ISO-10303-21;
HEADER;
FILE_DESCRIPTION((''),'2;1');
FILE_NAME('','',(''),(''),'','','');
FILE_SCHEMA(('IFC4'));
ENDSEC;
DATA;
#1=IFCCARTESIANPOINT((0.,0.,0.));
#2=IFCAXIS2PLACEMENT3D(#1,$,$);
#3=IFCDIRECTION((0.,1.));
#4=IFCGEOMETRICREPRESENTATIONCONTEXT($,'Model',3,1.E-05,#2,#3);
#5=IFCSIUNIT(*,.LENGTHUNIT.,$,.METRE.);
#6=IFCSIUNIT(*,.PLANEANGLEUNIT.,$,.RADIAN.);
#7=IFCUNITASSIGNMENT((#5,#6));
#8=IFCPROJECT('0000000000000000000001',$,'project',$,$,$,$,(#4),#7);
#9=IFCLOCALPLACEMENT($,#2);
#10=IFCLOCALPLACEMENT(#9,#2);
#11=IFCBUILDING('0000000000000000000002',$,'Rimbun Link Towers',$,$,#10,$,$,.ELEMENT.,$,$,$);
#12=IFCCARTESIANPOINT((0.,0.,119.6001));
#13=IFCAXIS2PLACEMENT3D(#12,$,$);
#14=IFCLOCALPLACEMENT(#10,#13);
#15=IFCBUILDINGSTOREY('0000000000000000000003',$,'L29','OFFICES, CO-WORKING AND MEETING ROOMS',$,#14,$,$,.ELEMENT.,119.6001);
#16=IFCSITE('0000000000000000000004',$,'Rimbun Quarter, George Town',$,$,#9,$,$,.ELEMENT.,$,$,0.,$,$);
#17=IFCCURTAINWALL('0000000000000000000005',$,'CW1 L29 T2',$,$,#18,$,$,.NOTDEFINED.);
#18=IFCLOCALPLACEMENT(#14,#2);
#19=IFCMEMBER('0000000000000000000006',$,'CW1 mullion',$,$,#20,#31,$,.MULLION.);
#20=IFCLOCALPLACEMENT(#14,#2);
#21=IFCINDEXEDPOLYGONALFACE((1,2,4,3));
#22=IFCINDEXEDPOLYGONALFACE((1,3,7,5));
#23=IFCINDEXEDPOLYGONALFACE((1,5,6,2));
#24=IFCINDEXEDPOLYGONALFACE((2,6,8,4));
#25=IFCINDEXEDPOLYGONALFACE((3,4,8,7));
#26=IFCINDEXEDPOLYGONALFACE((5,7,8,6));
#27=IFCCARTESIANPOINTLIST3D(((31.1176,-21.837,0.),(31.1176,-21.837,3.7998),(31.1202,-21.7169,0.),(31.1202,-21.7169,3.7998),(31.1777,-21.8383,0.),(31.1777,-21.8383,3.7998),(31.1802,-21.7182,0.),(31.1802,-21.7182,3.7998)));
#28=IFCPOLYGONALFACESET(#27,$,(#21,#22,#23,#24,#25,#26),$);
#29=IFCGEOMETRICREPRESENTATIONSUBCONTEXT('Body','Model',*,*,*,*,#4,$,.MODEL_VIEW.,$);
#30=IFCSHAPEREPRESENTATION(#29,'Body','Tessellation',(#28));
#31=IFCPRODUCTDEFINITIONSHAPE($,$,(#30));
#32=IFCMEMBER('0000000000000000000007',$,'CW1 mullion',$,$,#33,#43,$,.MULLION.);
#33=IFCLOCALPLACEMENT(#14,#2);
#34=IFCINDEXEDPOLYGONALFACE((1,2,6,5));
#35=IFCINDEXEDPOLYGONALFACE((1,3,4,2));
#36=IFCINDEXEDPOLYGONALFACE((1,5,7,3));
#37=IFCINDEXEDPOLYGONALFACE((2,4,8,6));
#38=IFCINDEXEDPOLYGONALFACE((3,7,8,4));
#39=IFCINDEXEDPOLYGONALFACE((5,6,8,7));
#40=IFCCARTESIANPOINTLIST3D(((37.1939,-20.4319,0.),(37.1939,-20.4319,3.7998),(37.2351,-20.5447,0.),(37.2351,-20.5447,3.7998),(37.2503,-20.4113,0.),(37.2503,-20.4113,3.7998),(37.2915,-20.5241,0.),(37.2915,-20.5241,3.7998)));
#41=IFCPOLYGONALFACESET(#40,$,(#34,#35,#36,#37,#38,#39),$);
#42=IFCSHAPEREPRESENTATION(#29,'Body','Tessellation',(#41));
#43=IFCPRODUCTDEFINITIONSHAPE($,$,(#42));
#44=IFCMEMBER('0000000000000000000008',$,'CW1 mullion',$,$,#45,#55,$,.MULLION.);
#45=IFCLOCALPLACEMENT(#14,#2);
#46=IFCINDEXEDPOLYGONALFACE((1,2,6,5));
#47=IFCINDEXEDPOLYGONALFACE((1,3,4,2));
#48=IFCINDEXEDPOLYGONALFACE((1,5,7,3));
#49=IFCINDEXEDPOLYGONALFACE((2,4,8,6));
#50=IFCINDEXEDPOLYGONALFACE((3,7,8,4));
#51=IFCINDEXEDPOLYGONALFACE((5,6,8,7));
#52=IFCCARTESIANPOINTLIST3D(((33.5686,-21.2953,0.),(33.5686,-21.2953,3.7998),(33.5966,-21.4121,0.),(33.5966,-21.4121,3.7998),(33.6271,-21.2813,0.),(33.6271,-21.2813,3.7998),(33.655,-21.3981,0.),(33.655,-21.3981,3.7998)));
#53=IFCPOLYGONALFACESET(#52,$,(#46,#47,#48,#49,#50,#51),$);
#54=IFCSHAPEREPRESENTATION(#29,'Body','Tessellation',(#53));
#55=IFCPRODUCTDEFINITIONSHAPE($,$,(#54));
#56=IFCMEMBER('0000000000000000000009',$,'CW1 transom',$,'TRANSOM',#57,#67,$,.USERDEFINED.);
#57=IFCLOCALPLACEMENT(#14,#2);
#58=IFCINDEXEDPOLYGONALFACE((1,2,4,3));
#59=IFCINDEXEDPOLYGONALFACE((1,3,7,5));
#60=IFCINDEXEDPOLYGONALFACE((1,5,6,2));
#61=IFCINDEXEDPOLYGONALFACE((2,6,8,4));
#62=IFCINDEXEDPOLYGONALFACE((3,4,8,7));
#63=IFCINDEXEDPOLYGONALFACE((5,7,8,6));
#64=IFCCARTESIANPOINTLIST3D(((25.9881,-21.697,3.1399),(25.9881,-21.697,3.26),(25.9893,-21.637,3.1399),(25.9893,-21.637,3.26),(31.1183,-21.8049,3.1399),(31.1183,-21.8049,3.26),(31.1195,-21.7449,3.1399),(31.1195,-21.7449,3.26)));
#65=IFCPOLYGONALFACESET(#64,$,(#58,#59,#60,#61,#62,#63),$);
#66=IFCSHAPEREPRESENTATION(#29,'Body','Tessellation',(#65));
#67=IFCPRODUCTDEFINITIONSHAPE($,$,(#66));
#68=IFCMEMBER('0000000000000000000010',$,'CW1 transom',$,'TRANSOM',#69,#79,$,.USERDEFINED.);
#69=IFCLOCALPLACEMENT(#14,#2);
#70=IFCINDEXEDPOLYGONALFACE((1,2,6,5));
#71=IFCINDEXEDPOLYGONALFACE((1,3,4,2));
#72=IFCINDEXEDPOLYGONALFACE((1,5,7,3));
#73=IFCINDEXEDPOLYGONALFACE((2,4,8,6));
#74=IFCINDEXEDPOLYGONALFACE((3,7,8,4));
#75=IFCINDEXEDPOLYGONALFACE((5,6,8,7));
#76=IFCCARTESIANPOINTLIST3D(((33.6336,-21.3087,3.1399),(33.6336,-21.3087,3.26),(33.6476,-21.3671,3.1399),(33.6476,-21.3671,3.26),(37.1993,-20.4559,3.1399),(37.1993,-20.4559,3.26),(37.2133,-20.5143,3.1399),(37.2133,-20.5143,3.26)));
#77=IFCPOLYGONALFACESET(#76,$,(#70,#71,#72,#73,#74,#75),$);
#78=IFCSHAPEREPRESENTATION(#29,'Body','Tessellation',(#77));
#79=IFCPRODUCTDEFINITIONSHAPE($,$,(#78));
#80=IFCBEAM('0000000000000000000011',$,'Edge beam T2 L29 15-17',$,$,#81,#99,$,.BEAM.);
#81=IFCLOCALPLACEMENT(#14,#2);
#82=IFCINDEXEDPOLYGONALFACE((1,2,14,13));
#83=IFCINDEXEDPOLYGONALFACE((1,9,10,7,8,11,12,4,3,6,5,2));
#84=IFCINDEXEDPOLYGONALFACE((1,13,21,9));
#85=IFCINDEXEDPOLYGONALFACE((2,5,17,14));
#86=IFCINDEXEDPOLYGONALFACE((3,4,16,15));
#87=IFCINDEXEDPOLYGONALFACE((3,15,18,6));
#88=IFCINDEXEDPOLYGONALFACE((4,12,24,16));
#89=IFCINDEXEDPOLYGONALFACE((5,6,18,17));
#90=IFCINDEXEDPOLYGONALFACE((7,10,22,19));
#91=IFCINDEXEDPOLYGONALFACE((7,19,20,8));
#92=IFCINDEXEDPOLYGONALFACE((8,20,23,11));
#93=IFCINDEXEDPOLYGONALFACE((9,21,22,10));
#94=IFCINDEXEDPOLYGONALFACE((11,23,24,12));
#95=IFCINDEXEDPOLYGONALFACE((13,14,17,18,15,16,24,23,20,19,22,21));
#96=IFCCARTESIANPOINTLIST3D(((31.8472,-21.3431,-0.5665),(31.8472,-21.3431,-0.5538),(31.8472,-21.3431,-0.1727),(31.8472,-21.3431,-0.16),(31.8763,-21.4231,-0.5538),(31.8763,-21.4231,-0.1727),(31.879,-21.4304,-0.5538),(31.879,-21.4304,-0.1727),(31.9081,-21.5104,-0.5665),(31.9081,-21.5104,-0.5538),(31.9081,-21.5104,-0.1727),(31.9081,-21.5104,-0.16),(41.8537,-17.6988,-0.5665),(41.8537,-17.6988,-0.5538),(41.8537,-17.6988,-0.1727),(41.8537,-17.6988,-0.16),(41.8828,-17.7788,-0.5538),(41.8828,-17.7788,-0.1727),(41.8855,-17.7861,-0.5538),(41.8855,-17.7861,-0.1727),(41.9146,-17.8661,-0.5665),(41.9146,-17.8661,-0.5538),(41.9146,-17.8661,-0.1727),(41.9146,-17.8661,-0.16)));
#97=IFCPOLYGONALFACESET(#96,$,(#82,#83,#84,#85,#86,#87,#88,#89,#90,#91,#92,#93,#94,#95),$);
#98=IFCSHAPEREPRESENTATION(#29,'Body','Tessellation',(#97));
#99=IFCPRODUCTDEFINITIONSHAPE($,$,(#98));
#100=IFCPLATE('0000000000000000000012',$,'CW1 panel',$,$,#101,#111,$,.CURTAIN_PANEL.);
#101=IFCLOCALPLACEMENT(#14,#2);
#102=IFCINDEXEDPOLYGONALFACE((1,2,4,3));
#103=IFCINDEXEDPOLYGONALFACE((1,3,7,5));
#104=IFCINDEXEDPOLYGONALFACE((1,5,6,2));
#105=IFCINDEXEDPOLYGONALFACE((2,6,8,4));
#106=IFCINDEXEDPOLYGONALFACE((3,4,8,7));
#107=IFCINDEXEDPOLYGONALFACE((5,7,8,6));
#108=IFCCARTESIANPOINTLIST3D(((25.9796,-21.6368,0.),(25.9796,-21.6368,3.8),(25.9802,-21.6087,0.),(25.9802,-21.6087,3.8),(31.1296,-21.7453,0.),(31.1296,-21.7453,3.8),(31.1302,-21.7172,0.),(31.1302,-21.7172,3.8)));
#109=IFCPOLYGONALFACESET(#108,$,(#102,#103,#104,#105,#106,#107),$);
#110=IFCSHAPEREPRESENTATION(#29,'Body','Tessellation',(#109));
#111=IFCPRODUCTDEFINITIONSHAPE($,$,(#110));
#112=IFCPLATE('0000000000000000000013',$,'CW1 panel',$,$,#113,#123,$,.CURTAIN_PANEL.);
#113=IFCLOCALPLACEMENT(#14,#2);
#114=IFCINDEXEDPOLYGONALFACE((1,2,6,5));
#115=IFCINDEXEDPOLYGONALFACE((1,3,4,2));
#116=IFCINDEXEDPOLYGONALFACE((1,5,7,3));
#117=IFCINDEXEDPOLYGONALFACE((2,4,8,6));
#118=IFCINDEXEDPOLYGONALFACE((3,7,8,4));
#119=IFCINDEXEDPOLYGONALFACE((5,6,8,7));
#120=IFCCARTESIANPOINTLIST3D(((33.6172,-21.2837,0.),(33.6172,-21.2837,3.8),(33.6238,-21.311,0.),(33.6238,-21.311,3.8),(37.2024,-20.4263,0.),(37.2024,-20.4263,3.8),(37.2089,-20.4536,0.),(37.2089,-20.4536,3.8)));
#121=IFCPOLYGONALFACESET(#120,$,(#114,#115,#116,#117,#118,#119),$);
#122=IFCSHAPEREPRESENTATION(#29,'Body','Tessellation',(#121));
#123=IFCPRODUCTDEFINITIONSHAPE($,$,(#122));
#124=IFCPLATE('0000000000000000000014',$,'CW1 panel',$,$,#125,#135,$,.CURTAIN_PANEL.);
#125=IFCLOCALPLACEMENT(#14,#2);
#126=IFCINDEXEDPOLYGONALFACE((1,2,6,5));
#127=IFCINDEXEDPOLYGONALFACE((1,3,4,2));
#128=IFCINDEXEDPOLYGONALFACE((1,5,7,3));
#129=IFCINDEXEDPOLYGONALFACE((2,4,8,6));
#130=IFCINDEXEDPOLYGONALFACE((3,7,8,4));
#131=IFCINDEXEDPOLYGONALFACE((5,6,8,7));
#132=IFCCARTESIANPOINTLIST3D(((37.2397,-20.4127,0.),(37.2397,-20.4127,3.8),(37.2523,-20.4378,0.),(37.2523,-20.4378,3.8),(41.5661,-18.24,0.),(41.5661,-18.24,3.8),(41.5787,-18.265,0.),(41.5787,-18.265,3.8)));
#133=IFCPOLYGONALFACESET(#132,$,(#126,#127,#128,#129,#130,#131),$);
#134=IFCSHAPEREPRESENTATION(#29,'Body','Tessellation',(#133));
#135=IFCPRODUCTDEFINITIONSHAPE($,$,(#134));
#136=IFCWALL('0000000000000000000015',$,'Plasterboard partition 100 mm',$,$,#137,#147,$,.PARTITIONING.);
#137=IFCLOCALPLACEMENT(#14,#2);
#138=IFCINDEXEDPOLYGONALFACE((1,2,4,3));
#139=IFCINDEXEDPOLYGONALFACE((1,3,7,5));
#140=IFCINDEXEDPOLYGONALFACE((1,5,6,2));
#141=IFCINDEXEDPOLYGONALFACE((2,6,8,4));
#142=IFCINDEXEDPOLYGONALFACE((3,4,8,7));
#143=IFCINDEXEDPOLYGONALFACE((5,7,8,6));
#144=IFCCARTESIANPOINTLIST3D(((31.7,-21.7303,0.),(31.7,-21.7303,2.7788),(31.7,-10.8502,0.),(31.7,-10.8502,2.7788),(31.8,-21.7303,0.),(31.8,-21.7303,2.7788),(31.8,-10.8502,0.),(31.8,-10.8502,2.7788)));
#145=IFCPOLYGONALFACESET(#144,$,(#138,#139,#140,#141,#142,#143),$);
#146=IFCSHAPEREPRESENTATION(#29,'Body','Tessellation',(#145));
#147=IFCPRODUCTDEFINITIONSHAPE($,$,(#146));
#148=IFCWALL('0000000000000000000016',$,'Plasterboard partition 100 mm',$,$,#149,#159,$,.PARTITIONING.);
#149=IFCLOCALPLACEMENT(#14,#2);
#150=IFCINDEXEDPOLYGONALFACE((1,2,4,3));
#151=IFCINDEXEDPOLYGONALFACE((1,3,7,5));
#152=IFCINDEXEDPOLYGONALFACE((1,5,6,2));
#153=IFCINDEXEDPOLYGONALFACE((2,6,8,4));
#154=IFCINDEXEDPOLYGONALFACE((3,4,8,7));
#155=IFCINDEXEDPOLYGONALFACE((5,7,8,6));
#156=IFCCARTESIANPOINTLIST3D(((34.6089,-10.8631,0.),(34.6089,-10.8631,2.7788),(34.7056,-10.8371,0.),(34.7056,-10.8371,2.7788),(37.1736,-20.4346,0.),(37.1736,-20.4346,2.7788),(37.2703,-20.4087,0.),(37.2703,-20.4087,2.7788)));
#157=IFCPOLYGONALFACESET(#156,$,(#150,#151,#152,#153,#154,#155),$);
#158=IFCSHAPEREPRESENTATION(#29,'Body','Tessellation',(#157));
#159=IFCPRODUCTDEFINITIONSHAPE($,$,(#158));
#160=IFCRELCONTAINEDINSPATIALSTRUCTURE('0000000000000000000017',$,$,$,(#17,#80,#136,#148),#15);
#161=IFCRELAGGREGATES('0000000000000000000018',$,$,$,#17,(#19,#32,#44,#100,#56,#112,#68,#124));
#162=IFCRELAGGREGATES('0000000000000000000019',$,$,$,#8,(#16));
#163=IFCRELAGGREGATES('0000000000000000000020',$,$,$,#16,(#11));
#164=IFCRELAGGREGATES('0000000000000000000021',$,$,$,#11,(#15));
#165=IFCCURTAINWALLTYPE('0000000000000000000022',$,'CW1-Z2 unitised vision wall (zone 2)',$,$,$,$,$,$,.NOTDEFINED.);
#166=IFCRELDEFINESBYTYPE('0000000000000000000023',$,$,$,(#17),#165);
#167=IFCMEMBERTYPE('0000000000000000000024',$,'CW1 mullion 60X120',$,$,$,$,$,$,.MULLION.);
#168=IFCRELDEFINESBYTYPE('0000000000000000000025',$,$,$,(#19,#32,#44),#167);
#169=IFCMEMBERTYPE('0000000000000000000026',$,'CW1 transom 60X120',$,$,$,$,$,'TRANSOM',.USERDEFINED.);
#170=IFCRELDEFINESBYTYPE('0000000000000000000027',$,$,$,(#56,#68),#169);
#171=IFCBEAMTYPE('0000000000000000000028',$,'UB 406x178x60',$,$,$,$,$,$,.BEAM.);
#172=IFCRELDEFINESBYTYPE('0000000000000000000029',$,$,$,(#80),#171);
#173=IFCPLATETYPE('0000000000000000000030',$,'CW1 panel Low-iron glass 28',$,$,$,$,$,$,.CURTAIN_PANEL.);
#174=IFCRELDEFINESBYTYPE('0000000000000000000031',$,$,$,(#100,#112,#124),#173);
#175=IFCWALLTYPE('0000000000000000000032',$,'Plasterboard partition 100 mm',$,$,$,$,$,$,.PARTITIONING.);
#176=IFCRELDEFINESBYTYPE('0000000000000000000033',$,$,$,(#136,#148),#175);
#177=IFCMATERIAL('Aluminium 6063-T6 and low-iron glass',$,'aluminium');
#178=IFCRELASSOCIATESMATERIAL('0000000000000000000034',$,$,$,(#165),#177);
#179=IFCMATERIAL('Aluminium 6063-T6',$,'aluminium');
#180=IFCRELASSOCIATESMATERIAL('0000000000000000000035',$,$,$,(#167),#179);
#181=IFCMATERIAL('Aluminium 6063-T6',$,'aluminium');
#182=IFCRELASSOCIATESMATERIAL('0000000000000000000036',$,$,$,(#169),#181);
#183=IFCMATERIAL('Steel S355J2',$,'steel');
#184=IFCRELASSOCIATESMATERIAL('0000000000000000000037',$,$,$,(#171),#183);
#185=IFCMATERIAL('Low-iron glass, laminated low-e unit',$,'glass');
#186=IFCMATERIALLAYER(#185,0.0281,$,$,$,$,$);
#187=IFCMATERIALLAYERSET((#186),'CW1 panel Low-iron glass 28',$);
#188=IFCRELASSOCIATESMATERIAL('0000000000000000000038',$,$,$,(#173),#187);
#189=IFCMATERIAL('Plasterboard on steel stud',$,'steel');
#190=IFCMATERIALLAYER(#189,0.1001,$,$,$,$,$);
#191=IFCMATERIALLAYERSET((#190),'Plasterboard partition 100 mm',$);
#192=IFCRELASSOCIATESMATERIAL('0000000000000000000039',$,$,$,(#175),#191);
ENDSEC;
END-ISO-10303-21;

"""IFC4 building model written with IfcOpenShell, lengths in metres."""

from ifc_helpers import new_model, si_unit, direction, frame, frame_2d, origin, origin_2d, place, context, subcontext, project, spatial, rectangle, i_section, extrude, material, layer, layer_set, material_profile, profile_set, type_object, element, aggregate, save


model = new_model("IFC4")

# Units and contexts
model_context = context("Model", 3, precision=1e-05, world=origin(), true_north=direction((0.0, 1.0)))
body_context = subcontext(model_context, "Body", "Model", "MODEL_VIEW")
ifc_project = project(units=[si_unit("LENGTHUNIT", "METRE"), si_unit("PLANEANGLEUNIT", "RADIAN")], contexts=[model_context])

# Site, building, storey
site_placement = place(None, origin())
site = spatial("IfcSite", under=ifc_project, at=site_placement, Name="Rimbun Quarter, George Town", CompositionType="ELEMENT", RefElevation=0.0)
building_placement = place(site_placement, origin())
building = spatial("IfcBuilding", under=site, at=building_placement, Name="Rimbun Link Towers", CompositionType="ELEMENT")
storey_placement = place(building_placement, frame((0.0, 0.0, 119.6001)))
storey = spatial("IfcBuildingStorey", under=building, at=storey_placement, Name="L29", Description="OFFICES, CO-WORKING AND MEETING ROOMS", CompositionType="ELEMENT", Elevation=119.6001)

# Curtain wall, members
ifc_material_1 = material(Name="Aluminium 6063-T6 and low-iron glass", Category="aluminium")
curtain_wall_type = type_object("IfcCurtainWallType", Name="CW1-Z2 unitised vision wall (zone 2)", PredefinedType="NOTDEFINED", material=ifc_material_1)
curtain_wall_placement = place(storey_placement, origin())
curtain_wall = element("IfcCurtainWall", 1, at=curtain_wall_placement, inside=storey, type_object=curtain_wall_type, Name="CW1 L29 T2", PredefinedType="NOTDEFINED")
ifc_material_2 = material(Name="Aluminium 6063-T6", Category="aluminium")
ifc_material_profile_1 = material_profile(ifc_material_2, rectangle(XDim=0.1201, YDim=0.0601, at=origin_2d()), Name="MULLION 60X120")
ifc_profile_set_1 = profile_set([ifc_material_profile_1], Name="Aluminium 6063-T6")
member_type_1 = type_object("IfcMemberType", Name="CW1 mullion 60X120", PredefinedType="MULLION", material=ifc_profile_set_1)
member_1_placement = place(storey_placement, frame((31.1489, -21.7776, 0.0), z_axis=(0.0, 0.0, 1.0), x_axis=(-0.021066, -0.999778, 0.0)))
member_1 = element("IfcMember", 2, at=member_1_placement, type_object=member_type_1, Name="CW1 mullion", PredefinedType="MULLION", context=body_context, shape_type="SweptSolid", body=[
    extrude(rectangle(XDim=0.1201, YDim=0.0601, at=origin_2d()), origin(), (0.0, 0.0, 1.0), 3.7998),
])
member_2_placement = place(storey_placement, frame((37.2427, -20.478, 0.0), z_axis=(0.0, 0.0, 1.0), x_axis=(0.342975, -0.939345, 0.0)))
member_2 = element("IfcMember", 3, at=member_2_placement, type_object=member_type_1, Name="CW1 mullion", PredefinedType="MULLION", context=body_context, shape_type="SweptSolid", body=[
    extrude(rectangle(XDim=0.1201, YDim=0.0601, at=origin_2d()), origin(), (0.0, 0.0, 1.0), 3.7998),
])
member_3_placement = place(storey_placement, frame((33.6118, -21.3467, 0.0), z_axis=(0.0, 0.0, 1.0), x_axis=(0.232603, -0.972572, 0.0)))
member_3 = element("IfcMember", 4, at=member_3_placement, type_object=member_type_1, Name="CW1 mullion", PredefinedType="MULLION", context=body_context, shape_type="SweptSolid", body=[
    extrude(rectangle(XDim=0.1201, YDim=0.0601, at=origin_2d()), origin(), (0.0, 0.0, 1.0), 3.7998),
])
ifc_material_3 = material(Name="Aluminium 6063-T6", Category="aluminium")
ifc_material_profile_2 = material_profile(ifc_material_3, rectangle(XDim=0.0601, YDim=0.1201, at=origin_2d()), Name="TRANSOM 60X120")
ifc_profile_set_2 = profile_set([ifc_material_profile_2], Name="Aluminium 6063-T6")
member_type_2 = type_object("IfcMemberType", Name="CW1 transom 60X120", ElementType="TRANSOM", PredefinedType="USERDEFINED", material=ifc_profile_set_2)
member_4_placement = place(storey_placement, frame((31.1189, -21.7749, 3.2), z_axis=(-0.999779, 0.02103, 0.0), x_axis=(-0.02103, -0.999779, 0.0)))
member_4 = element("IfcMember", 5, at=member_4_placement, type_object=member_type_2, Name="CW1 transom", ObjectType="TRANSOM", PredefinedType="USERDEFINED", context=body_context, shape_type="SweptSolid", body=[
    extrude(rectangle(XDim=0.0601, YDim=0.1201, at=origin_2d()), origin(), (0.0, 0.0, 1.0), 5.1313),
])
member_5_placement = place(storey_placement, frame((37.2063, -20.4851, 3.2), z_axis=(-0.972571, -0.232605, 0.0), x_axis=(0.232605, -0.972571, 0.0)))
member_5 = element("IfcMember", 6, at=member_5_placement, type_object=member_type_2, Name="CW1 transom", ObjectType="TRANSOM", PredefinedType="USERDEFINED", context=body_context, shape_type="SweptSolid", body=[
    extrude(rectangle(XDim=0.0601, YDim=0.1201, at=origin_2d()), origin(), (0.0, 0.0, 1.0), 3.6663),
])

# Beam
ifc_material_4 = material(Name="Steel S355J2", Category="steel")
ifc_material_profile_3 = material_profile(ifc_material_4, i_section(OverallWidth=0.178, OverallDepth=0.4065, WebThickness=0.0078, FlangeThickness=0.0127, at=origin_2d()), Name="UB 406x178x60")
ifc_profile_set_3 = profile_set([ifc_material_profile_3], Name="Steel S355J2")
beam_type = type_object("IfcBeamType", Name="UB 406x178x60", PredefinedType="BEAM", material=ifc_profile_set_3)
beam_placement = place(storey_placement, frame((31.8777, -21.4268, -0.3633), z_axis=(0.939624, 0.342209, 0.0), x_axis=(-0.342209, 0.939624, 0.0)))
element("IfcBeam", 7, at=beam_placement, inside=storey, type_object=beam_type, Name="Edge beam T2 L29 15-17", PredefinedType="BEAM", context=body_context, shape_type="SweptSolid", body=[
    extrude(i_section(OverallWidth=0.178, OverallDepth=0.4065, WebThickness=0.0078, FlangeThickness=0.0127, at=origin_2d()), origin(), (0.0, 0.0, 1.0), 10.6494),
])

# Plates
ifc_material_5 = material(Name="Low-iron glass, laminated low-e unit", Category="glass")
ifc_layer_1 = layer(ifc_material_5, 0.0281)
ifc_layer_set_1 = layer_set([ifc_layer_1], Name="CW1 panel Low-iron glass 28")
plate_type = type_object("IfcPlateType", Name="CW1 panel Low-iron glass 28", PredefinedType="CURTAIN_PANEL", material=ifc_layer_set_1)
plate_1_placement = place(storey_placement, frame((28.5549, -21.677, 0.0), z_axis=(0.0, 0.0, 1.0), x_axis=(-0.999778, 0.021066, 0.0)))
plate_1 = element("IfcPlate", 8, at=plate_1_placement, type_object=plate_type, Name="CW1 panel", PredefinedType="CURTAIN_PANEL", context=body_context, shape_type="SweptSolid", body=[
    extrude(rectangle(XDim=5.1511, YDim=0.0281, at=origin_2d()), origin(), (0.0, 0.0, 1.0), 3.8),
])
plate_2_placement = place(storey_placement, frame((35.4131, -20.8687, 0.0), z_axis=(0.0, 0.0, 1.0), x_axis=(-0.972572, -0.232603, 0.0)))
plate_2 = element("IfcPlate", 9, at=plate_2_placement, type_object=plate_type, Name="CW1 panel", PredefinedType="CURTAIN_PANEL", context=body_context, shape_type="SweptSolid", body=[
    extrude(rectangle(XDim=3.6863, YDim=0.0281, at=origin_2d()), origin(), (0.0, 0.0, 1.0), 3.8),
])
plate_3_placement = place(storey_placement, frame((39.4092, -19.3389, 0.0), z_axis=(0.0, 0.0, 1.0), x_axis=(-0.893638, -0.448789, 0.0)))
plate_3 = element("IfcPlate", 10, at=plate_3_placement, type_object=plate_type, Name="CW1 panel", PredefinedType="CURTAIN_PANEL", context=body_context, shape_type="SweptSolid", body=[
    extrude(rectangle(XDim=4.8413, YDim=0.0281, at=origin_2d()), origin(), (0.0, 0.0, 1.0), 3.8),
])
aggregate(curtain_wall, [member_1, member_2, member_3, plate_1, member_4, plate_2, member_5, plate_3])

# Walls
ifc_material_6 = material(Name="Plasterboard on steel stud", Category="steel")
ifc_layer_2 = layer(ifc_material_6, 0.1001)
ifc_layer_set_2 = layer_set([ifc_layer_2], Name="Plasterboard partition 100 mm")
wall_type = type_object("IfcWallType", Name="Plasterboard partition 100 mm", PredefinedType="PARTITIONING", material=ifc_layer_set_2)
wall_1_placement = place(storey_placement, frame((31.75, -21.7302, 0.0), z_axis=(0.0, 0.0, 1.0), x_axis=(0.0, 1.0, 0.0)))
element("IfcWall", 11, at=wall_1_placement, inside=storey, type_object=wall_type, Name="Plasterboard partition 100 mm", PredefinedType="PARTITIONING", context=body_context, shape_type="SweptSolid", body=[
    extrude(rectangle(XDim=10.8801, YDim=0.1001, at=frame_2d((5.4399, 0.0))), origin(), (0.0, 0.0, 1.0), 2.7788),
])
wall_2_placement = place(storey_placement, frame((37.2219, -20.4216, 0.0), z_axis=(0.0, 0.0, 1.0), x_axis=(-0.25882, 0.965926, 0.0)))
element("IfcWall", 12, at=wall_2_placement, inside=storey, type_object=wall_type, Name="Plasterboard partition 100 mm", PredefinedType="PARTITIONING", context=body_context, shape_type="SweptSolid", body=[
    extrude(rectangle(XDim=9.9092, YDim=0.1001, at=frame_2d((4.9546, 0.0))), origin(), (0.0, 0.0, 1.0), 2.7788),
])

save(model, "model.ifc")
